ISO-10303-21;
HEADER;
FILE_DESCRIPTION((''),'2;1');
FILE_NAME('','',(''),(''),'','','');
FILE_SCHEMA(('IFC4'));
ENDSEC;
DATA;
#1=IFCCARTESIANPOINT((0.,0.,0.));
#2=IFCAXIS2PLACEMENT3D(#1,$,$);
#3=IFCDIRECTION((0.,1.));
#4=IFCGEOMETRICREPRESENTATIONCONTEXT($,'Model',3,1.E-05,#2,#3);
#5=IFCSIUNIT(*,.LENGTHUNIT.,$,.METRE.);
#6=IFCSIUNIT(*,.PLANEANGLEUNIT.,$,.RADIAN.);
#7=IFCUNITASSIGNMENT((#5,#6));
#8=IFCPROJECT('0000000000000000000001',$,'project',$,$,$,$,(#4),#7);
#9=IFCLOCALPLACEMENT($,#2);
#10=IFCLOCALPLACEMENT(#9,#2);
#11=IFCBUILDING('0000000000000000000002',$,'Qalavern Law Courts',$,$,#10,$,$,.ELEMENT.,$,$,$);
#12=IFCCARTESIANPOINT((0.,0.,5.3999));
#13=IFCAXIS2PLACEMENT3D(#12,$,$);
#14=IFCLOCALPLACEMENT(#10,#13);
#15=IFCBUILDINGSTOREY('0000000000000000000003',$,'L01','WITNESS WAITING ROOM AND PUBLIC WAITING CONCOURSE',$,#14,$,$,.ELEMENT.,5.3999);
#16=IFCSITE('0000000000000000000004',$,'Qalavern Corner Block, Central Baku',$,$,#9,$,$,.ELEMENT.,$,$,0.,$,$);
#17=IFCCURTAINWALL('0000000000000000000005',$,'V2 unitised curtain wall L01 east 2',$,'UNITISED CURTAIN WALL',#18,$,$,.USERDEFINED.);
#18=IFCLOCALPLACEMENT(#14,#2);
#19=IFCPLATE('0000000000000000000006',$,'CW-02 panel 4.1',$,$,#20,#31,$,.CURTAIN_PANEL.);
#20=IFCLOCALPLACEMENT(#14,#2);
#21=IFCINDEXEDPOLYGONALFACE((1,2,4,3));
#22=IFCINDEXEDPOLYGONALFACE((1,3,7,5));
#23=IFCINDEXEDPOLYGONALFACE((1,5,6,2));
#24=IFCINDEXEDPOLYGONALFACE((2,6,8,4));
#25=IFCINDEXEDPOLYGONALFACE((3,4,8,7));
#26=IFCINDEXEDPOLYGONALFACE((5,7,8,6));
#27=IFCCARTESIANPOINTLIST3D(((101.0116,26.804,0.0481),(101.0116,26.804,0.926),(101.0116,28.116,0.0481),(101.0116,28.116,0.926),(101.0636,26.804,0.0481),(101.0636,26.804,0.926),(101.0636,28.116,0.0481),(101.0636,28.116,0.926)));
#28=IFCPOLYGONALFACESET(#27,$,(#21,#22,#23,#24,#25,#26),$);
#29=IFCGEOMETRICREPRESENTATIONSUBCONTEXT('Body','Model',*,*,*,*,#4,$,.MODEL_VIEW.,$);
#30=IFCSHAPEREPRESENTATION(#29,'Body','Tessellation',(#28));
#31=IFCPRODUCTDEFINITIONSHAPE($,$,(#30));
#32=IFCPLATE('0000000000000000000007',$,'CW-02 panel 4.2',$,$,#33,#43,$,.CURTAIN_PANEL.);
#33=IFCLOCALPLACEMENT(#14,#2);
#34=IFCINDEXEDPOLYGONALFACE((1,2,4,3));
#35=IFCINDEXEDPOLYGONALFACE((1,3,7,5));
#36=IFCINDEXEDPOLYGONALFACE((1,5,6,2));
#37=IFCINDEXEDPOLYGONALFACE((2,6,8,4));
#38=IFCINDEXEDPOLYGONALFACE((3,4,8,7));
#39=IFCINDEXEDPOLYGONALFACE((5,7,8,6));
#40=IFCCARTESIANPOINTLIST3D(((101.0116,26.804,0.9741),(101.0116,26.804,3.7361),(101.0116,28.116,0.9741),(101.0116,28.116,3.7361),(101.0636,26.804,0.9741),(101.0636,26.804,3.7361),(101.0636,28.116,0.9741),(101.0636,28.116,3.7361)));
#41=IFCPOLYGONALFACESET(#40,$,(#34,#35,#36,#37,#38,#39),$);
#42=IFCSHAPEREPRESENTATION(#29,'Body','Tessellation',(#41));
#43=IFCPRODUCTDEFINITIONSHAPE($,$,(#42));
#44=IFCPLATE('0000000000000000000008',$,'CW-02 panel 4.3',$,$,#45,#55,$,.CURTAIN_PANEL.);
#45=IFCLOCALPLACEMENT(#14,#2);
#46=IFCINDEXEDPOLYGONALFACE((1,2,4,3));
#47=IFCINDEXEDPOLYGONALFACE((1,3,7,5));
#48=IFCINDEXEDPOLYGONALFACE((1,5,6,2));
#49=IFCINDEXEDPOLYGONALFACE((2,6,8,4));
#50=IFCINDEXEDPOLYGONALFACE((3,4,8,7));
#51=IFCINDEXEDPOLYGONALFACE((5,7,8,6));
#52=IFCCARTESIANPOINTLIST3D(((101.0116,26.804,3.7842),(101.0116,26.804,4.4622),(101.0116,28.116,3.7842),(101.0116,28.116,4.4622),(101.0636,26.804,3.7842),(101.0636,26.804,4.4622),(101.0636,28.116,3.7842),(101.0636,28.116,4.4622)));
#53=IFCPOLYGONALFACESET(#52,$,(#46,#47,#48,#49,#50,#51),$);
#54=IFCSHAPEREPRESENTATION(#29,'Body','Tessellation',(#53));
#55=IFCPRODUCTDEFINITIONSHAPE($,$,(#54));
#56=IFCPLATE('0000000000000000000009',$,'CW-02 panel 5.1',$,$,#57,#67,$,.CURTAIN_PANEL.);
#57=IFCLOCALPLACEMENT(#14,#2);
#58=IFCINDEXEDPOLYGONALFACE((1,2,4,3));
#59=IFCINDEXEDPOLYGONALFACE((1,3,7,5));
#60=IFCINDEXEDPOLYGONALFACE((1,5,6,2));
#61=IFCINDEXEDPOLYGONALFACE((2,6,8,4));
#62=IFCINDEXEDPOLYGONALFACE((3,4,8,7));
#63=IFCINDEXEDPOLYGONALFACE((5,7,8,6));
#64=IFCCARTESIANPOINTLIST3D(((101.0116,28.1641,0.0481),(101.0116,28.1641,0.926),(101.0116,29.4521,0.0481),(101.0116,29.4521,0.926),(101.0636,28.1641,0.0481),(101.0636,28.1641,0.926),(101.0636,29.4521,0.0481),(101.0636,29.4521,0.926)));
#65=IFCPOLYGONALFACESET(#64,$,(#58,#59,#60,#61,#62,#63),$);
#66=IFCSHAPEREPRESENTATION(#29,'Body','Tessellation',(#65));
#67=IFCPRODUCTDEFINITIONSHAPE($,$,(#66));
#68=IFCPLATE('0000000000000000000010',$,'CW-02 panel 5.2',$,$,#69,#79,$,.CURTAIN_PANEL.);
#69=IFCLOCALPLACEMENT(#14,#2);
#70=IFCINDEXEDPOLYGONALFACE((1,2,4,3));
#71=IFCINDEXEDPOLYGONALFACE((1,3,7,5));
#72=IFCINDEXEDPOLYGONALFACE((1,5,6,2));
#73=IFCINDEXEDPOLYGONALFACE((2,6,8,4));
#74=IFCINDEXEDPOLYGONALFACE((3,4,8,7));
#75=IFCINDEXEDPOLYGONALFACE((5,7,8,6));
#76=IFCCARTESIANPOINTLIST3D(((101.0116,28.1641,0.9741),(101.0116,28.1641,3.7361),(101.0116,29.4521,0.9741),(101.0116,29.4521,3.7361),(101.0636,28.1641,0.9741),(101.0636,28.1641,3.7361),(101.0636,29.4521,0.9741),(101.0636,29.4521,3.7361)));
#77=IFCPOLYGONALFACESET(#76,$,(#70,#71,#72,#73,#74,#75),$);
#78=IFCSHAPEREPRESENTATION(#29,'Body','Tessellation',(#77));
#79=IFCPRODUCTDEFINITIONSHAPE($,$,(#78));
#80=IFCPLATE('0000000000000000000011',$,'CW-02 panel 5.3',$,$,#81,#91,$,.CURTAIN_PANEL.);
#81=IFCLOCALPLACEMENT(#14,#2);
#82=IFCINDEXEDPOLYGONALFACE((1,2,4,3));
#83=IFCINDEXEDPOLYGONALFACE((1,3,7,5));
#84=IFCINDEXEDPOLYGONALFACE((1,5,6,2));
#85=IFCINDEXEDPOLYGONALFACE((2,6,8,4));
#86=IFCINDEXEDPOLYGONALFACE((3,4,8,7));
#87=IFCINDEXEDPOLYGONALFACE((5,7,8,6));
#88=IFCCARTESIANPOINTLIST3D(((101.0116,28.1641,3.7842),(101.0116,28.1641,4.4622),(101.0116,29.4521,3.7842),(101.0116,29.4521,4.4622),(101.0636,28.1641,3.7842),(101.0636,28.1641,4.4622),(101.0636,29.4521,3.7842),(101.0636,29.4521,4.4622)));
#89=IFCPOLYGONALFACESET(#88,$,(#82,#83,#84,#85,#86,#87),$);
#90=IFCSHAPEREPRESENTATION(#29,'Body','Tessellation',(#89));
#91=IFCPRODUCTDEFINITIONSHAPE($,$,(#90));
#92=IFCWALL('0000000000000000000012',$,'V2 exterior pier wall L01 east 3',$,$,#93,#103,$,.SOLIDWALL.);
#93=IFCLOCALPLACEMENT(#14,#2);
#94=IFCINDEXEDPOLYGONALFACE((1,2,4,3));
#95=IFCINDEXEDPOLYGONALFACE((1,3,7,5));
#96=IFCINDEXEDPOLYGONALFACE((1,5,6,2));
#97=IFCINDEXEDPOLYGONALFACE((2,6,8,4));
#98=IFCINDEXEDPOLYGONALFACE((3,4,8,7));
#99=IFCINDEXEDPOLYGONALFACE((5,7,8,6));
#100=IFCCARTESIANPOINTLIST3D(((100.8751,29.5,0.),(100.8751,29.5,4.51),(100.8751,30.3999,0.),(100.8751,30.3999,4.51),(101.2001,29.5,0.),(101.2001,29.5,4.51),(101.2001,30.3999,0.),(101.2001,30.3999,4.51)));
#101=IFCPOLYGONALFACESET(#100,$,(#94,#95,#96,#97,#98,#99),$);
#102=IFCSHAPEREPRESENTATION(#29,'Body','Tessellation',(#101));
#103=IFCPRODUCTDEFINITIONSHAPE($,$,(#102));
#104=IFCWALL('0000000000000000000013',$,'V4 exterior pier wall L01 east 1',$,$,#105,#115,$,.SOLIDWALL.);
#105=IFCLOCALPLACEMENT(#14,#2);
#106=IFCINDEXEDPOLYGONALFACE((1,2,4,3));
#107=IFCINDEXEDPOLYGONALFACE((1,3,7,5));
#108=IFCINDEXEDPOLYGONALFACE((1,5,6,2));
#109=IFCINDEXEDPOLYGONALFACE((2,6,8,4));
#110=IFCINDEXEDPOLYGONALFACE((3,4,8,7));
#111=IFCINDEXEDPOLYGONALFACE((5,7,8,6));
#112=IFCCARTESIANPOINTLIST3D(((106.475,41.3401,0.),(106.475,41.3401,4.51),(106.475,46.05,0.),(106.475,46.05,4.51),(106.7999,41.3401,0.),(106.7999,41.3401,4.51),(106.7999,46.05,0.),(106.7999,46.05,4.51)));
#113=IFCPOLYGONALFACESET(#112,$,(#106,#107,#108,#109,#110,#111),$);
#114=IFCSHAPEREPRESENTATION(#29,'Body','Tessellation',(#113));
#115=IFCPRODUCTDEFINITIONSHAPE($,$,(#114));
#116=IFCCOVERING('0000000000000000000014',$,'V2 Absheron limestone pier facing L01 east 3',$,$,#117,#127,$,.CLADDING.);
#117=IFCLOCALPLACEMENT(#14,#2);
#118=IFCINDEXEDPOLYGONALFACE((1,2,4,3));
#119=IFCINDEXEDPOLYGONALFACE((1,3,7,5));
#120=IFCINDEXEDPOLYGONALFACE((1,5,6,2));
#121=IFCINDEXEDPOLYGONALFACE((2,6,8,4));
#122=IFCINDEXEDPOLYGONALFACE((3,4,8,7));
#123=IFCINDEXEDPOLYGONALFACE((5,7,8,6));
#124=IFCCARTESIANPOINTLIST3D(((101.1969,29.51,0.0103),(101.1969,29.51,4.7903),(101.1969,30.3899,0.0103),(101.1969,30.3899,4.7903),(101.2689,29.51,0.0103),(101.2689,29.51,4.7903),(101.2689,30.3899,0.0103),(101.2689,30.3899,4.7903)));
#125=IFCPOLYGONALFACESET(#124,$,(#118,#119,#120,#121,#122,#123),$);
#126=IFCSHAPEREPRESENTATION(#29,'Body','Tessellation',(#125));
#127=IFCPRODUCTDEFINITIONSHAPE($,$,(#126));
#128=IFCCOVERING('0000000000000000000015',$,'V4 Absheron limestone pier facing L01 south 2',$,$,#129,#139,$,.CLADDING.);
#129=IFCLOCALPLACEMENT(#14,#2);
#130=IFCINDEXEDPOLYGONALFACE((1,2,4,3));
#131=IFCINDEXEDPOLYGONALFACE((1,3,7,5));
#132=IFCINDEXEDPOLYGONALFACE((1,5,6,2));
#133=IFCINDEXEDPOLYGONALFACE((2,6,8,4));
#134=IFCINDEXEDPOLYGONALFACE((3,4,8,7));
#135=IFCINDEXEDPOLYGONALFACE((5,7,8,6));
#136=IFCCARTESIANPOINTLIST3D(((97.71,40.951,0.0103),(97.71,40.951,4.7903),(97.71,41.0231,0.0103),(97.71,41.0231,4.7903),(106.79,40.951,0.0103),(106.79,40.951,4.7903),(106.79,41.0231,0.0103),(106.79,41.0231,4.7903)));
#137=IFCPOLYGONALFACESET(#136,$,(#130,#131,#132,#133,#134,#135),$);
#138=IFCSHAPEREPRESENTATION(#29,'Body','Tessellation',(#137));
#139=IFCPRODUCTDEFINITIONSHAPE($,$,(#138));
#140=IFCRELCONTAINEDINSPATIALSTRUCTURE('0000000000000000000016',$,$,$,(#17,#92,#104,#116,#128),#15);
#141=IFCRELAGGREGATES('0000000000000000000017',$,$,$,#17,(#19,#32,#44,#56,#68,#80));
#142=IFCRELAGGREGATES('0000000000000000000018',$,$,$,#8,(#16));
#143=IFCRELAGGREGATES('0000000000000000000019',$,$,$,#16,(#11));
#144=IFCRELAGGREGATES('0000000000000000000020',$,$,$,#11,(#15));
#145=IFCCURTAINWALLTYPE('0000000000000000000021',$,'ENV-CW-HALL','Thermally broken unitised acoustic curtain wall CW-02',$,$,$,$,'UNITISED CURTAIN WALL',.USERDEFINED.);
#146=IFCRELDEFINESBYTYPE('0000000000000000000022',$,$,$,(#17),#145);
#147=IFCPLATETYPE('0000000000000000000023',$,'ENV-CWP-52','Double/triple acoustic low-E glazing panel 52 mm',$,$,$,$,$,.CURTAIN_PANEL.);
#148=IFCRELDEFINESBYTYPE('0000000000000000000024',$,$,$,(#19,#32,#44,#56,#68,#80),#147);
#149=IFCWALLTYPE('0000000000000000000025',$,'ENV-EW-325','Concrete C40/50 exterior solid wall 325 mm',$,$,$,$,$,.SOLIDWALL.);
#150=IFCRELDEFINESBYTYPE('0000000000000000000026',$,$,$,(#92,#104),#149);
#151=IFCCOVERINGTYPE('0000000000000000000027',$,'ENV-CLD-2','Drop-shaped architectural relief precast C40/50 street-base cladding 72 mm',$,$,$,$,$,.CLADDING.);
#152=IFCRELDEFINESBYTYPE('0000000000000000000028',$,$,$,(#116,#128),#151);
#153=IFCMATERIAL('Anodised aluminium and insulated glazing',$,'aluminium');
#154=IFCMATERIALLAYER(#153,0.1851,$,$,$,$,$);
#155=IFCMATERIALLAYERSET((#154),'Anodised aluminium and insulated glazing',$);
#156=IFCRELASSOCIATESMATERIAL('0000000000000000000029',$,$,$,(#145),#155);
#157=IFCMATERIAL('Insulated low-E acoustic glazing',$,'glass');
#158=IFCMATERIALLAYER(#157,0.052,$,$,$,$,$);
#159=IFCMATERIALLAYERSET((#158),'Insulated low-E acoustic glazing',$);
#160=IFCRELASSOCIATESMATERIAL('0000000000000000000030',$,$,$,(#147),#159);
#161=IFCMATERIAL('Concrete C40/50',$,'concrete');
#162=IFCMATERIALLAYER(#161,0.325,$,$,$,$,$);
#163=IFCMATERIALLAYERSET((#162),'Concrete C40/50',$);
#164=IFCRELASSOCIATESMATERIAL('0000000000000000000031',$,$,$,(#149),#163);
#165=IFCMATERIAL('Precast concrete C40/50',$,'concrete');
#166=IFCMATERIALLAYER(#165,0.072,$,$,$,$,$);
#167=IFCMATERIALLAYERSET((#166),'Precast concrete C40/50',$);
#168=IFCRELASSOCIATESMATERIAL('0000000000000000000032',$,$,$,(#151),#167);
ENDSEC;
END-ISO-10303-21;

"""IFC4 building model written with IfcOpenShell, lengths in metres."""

from ifc_helpers import new_model, si_unit, direction, frame, frame_2d, origin, origin_2d, place, context, subcontext, project, spatial, rectangle, extrude, material, layer, layer_set, type_object, element, aggregate, save


model = new_model("IFC4")

# Units and contexts
model_context = context("Model", 3, precision=1e-05, world=origin(), true_north=direction((0.0, 1.0)))
body_context = subcontext(model_context, "Body", "Model", "MODEL_VIEW")
ifc_project = project(units=[si_unit("LENGTHUNIT", "METRE"), si_unit("PLANEANGLEUNIT", "RADIAN")], contexts=[model_context])

# Site, building, storey
site_placement = place(None, origin())
site = spatial("IfcSite", under=ifc_project, at=site_placement, Name="Qalavern Corner Block, Central Baku", CompositionType="ELEMENT", RefElevation=0.0)
building_placement = place(site_placement, origin())
building = spatial("IfcBuilding", under=site, at=building_placement, Name="Qalavern Law Courts", CompositionType="ELEMENT")
storey_placement = place(building_placement, frame((0.0, 0.0, 5.3999)))
storey = spatial("IfcBuildingStorey", under=building, at=storey_placement, Name="L01", Description="WITNESS WAITING ROOM AND PUBLIC WAITING CONCOURSE", CompositionType="ELEMENT", Elevation=5.3999)

# Curtain wall, plates
ifc_material_1 = material(Name="Anodised aluminium and insulated glazing", Category="aluminium")
ifc_layer_1 = layer(ifc_material_1, 0.1851)
ifc_layer_set_1 = layer_set([ifc_layer_1], Name="Anodised aluminium and insulated glazing")
curtain_wall_type = type_object("IfcCurtainWallType", Name="ENV-CW-HALL", Description="Thermally broken unitised acoustic curtain wall CW-02", ElementType="UNITISED CURTAIN WALL", PredefinedType="USERDEFINED", material=ifc_layer_set_1)
curtain_wall_placement = place(storey_placement, origin())
curtain_wall = element("IfcCurtainWall", 1, at=curtain_wall_placement, inside=storey, type_object=curtain_wall_type, Name="V2 unitised curtain wall L01 east 2", ObjectType="UNITISED CURTAIN WALL", PredefinedType="USERDEFINED")
ifc_material_2 = material(Name="Insulated low-E acoustic glazing", Category="glass")
ifc_layer_2 = layer(ifc_material_2, 0.052)
ifc_layer_set_2 = layer_set([ifc_layer_2], Name="Insulated low-E acoustic glazing")
plate_type = type_object("IfcPlateType", Name="ENV-CWP-52", Description="Double/triple acoustic low-E glazing panel 52 mm", PredefinedType="CURTAIN_PANEL", material=ifc_layer_set_2)
plate_1_placement = place(storey_placement, frame((101.0376, 27.46, 0.0481), z_axis=(0.0, 0.0, 1.0), x_axis=(0.0, 1.0, 0.0)))
plate_1 = element("IfcPlate", 2, at=plate_1_placement, type_object=plate_type, Name="CW-02 panel 4.1", PredefinedType="CURTAIN_PANEL", context=body_context, shape_type="SweptSolid", body=[
    extrude(rectangle(XDim=1.312, YDim=0.052, at=origin_2d()), origin(), (0.0, 0.0, 1.0), 0.8779),
])
plate_2_placement = place(storey_placement, frame((101.0376, 27.46, 0.9741), z_axis=(0.0, 0.0, 1.0), x_axis=(0.0, 1.0, 0.0)))
plate_2 = element("IfcPlate", 3, at=plate_2_placement, type_object=plate_type, Name="CW-02 panel 4.2", PredefinedType="CURTAIN_PANEL", context=body_context, shape_type="SweptSolid", body=[
    extrude(rectangle(XDim=1.312, YDim=0.052, at=origin_2d()), origin(), (0.0, 0.0, 1.0), 2.762),
])
plate_3_placement = place(storey_placement, frame((101.0376, 27.46, 3.7842), z_axis=(0.0, 0.0, 1.0), x_axis=(0.0, 1.0, 0.0)))
plate_3 = element("IfcPlate", 4, at=plate_3_placement, type_object=plate_type, Name="CW-02 panel 4.3", PredefinedType="CURTAIN_PANEL", context=body_context, shape_type="SweptSolid", body=[
    extrude(rectangle(XDim=1.312, YDim=0.052, at=origin_2d()), origin(), (0.0, 0.0, 1.0), 0.678),
])
plate_4_placement = place(storey_placement, frame((101.0376, 28.8081, 0.0481), z_axis=(0.0, 0.0, 1.0), x_axis=(0.0, 1.0, 0.0)))
plate_4 = element("IfcPlate", 5, at=plate_4_placement, type_object=plate_type, Name="CW-02 panel 5.1", PredefinedType="CURTAIN_PANEL", context=body_context, shape_type="SweptSolid", body=[
    extrude(rectangle(XDim=1.2881, YDim=0.052, at=origin_2d()), origin(), (0.0, 0.0, 1.0), 0.8779),
])
plate_5_placement = place(storey_placement, frame((101.0376, 28.8081, 0.9741), z_axis=(0.0, 0.0, 1.0), x_axis=(0.0, 1.0, 0.0)))
plate_5 = element("IfcPlate", 6, at=plate_5_placement, type_object=plate_type, Name="CW-02 panel 5.2", PredefinedType="CURTAIN_PANEL", context=body_context, shape_type="SweptSolid", body=[
    extrude(rectangle(XDim=1.2881, YDim=0.052, at=origin_2d()), origin(), (0.0, 0.0, 1.0), 2.762),
])
plate_6_placement = place(storey_placement, frame((101.0376, 28.8081, 3.7842), z_axis=(0.0, 0.0, 1.0), x_axis=(0.0, 1.0, 0.0)))
plate_6 = element("IfcPlate", 7, at=plate_6_placement, type_object=plate_type, Name="CW-02 panel 5.3", PredefinedType="CURTAIN_PANEL", context=body_context, shape_type="SweptSolid", body=[
    extrude(rectangle(XDim=1.2881, YDim=0.052, at=origin_2d()), origin(), (0.0, 0.0, 1.0), 0.678),
])
aggregate(curtain_wall, [plate_1, plate_2, plate_3, plate_4, plate_5, plate_6])

# Walls
ifc_material_3 = material(Name="Concrete C40/50", Category="concrete")
ifc_layer_3 = layer(ifc_material_3, 0.325)
ifc_layer_set_3 = layer_set([ifc_layer_3], Name="Concrete C40/50")
wall_type = type_object("IfcWallType", Name="ENV-EW-325", Description="Concrete C40/50 exterior solid wall 325 mm", PredefinedType="SOLIDWALL", material=ifc_layer_set_3)
wall_1_placement = place(storey_placement, frame((101.0376, 29.5, 0.0), z_axis=(0.0, 0.0, 1.0), x_axis=(0.0, 1.0, 0.0)))
element("IfcWall", 8, at=wall_1_placement, inside=storey, type_object=wall_type, Name="V2 exterior pier wall L01 east 3", PredefinedType="SOLIDWALL", context=body_context, shape_type="SweptSolid", body=[
    extrude(rectangle(XDim=0.8999, YDim=0.325, at=frame_2d((0.45, 0.0))), origin(), (0.0, 0.0, 1.0), 4.51),
])
wall_2_placement = place(storey_placement, frame((106.6375, 41.3401, 0.0), z_axis=(0.0, 0.0, 1.0), x_axis=(0.0, 1.0, 0.0)))
element("IfcWall", 9, at=wall_2_placement, inside=storey, type_object=wall_type, Name="V4 exterior pier wall L01 east 1", PredefinedType="SOLIDWALL", context=body_context, shape_type="SweptSolid", body=[
    extrude(rectangle(XDim=4.71, YDim=0.325, at=frame_2d((2.355, 0.0))), origin(), (0.0, 0.0, 1.0), 4.51),
])

# Coverings
ifc_material_4 = material(Name="Precast concrete C40/50", Category="concrete")
ifc_layer_4 = layer(ifc_material_4, 0.072)
ifc_layer_set_4 = layer_set([ifc_layer_4], Name="Precast concrete C40/50")
covering_type = type_object("IfcCoveringType", Name="ENV-CLD-2", Description="Drop-shaped architectural relief precast C40/50 street-base cladding 72 mm", PredefinedType="CLADDING", material=ifc_layer_set_4)
covering_1_placement = place(storey_placement, frame((101.2329, 29.95, 0.0103), z_axis=(0.0, 0.0, 1.0), x_axis=(0.0, 1.0, 0.0)))
element("IfcCovering", 10, at=covering_1_placement, inside=storey, type_object=covering_type, Name="V2 Absheron limestone pier facing L01 east 3", PredefinedType="CLADDING", context=body_context, shape_type="SweptSolid", body=[
    extrude(rectangle(XDim=0.8799, YDim=0.072, at=origin_2d()), origin(), (0.0, 0.0, 1.0), 4.78),
])
covering_2_placement = place(storey_placement, frame((102.25, 40.9871, 0.0103), z_axis=(0.0, 0.0, 1.0), x_axis=(1.0, 0.0, 0.0)))
element("IfcCovering", 11, at=covering_2_placement, inside=storey, type_object=covering_type, Name="V4 Absheron limestone pier facing L01 south 2", PredefinedType="CLADDING", context=body_context, shape_type="SweptSolid", body=[
    extrude(rectangle(XDim=9.0801, YDim=0.072, at=origin_2d()), origin(), (0.0, 0.0, 1.0), 4.78),
])

save(model, "model.ifc")
